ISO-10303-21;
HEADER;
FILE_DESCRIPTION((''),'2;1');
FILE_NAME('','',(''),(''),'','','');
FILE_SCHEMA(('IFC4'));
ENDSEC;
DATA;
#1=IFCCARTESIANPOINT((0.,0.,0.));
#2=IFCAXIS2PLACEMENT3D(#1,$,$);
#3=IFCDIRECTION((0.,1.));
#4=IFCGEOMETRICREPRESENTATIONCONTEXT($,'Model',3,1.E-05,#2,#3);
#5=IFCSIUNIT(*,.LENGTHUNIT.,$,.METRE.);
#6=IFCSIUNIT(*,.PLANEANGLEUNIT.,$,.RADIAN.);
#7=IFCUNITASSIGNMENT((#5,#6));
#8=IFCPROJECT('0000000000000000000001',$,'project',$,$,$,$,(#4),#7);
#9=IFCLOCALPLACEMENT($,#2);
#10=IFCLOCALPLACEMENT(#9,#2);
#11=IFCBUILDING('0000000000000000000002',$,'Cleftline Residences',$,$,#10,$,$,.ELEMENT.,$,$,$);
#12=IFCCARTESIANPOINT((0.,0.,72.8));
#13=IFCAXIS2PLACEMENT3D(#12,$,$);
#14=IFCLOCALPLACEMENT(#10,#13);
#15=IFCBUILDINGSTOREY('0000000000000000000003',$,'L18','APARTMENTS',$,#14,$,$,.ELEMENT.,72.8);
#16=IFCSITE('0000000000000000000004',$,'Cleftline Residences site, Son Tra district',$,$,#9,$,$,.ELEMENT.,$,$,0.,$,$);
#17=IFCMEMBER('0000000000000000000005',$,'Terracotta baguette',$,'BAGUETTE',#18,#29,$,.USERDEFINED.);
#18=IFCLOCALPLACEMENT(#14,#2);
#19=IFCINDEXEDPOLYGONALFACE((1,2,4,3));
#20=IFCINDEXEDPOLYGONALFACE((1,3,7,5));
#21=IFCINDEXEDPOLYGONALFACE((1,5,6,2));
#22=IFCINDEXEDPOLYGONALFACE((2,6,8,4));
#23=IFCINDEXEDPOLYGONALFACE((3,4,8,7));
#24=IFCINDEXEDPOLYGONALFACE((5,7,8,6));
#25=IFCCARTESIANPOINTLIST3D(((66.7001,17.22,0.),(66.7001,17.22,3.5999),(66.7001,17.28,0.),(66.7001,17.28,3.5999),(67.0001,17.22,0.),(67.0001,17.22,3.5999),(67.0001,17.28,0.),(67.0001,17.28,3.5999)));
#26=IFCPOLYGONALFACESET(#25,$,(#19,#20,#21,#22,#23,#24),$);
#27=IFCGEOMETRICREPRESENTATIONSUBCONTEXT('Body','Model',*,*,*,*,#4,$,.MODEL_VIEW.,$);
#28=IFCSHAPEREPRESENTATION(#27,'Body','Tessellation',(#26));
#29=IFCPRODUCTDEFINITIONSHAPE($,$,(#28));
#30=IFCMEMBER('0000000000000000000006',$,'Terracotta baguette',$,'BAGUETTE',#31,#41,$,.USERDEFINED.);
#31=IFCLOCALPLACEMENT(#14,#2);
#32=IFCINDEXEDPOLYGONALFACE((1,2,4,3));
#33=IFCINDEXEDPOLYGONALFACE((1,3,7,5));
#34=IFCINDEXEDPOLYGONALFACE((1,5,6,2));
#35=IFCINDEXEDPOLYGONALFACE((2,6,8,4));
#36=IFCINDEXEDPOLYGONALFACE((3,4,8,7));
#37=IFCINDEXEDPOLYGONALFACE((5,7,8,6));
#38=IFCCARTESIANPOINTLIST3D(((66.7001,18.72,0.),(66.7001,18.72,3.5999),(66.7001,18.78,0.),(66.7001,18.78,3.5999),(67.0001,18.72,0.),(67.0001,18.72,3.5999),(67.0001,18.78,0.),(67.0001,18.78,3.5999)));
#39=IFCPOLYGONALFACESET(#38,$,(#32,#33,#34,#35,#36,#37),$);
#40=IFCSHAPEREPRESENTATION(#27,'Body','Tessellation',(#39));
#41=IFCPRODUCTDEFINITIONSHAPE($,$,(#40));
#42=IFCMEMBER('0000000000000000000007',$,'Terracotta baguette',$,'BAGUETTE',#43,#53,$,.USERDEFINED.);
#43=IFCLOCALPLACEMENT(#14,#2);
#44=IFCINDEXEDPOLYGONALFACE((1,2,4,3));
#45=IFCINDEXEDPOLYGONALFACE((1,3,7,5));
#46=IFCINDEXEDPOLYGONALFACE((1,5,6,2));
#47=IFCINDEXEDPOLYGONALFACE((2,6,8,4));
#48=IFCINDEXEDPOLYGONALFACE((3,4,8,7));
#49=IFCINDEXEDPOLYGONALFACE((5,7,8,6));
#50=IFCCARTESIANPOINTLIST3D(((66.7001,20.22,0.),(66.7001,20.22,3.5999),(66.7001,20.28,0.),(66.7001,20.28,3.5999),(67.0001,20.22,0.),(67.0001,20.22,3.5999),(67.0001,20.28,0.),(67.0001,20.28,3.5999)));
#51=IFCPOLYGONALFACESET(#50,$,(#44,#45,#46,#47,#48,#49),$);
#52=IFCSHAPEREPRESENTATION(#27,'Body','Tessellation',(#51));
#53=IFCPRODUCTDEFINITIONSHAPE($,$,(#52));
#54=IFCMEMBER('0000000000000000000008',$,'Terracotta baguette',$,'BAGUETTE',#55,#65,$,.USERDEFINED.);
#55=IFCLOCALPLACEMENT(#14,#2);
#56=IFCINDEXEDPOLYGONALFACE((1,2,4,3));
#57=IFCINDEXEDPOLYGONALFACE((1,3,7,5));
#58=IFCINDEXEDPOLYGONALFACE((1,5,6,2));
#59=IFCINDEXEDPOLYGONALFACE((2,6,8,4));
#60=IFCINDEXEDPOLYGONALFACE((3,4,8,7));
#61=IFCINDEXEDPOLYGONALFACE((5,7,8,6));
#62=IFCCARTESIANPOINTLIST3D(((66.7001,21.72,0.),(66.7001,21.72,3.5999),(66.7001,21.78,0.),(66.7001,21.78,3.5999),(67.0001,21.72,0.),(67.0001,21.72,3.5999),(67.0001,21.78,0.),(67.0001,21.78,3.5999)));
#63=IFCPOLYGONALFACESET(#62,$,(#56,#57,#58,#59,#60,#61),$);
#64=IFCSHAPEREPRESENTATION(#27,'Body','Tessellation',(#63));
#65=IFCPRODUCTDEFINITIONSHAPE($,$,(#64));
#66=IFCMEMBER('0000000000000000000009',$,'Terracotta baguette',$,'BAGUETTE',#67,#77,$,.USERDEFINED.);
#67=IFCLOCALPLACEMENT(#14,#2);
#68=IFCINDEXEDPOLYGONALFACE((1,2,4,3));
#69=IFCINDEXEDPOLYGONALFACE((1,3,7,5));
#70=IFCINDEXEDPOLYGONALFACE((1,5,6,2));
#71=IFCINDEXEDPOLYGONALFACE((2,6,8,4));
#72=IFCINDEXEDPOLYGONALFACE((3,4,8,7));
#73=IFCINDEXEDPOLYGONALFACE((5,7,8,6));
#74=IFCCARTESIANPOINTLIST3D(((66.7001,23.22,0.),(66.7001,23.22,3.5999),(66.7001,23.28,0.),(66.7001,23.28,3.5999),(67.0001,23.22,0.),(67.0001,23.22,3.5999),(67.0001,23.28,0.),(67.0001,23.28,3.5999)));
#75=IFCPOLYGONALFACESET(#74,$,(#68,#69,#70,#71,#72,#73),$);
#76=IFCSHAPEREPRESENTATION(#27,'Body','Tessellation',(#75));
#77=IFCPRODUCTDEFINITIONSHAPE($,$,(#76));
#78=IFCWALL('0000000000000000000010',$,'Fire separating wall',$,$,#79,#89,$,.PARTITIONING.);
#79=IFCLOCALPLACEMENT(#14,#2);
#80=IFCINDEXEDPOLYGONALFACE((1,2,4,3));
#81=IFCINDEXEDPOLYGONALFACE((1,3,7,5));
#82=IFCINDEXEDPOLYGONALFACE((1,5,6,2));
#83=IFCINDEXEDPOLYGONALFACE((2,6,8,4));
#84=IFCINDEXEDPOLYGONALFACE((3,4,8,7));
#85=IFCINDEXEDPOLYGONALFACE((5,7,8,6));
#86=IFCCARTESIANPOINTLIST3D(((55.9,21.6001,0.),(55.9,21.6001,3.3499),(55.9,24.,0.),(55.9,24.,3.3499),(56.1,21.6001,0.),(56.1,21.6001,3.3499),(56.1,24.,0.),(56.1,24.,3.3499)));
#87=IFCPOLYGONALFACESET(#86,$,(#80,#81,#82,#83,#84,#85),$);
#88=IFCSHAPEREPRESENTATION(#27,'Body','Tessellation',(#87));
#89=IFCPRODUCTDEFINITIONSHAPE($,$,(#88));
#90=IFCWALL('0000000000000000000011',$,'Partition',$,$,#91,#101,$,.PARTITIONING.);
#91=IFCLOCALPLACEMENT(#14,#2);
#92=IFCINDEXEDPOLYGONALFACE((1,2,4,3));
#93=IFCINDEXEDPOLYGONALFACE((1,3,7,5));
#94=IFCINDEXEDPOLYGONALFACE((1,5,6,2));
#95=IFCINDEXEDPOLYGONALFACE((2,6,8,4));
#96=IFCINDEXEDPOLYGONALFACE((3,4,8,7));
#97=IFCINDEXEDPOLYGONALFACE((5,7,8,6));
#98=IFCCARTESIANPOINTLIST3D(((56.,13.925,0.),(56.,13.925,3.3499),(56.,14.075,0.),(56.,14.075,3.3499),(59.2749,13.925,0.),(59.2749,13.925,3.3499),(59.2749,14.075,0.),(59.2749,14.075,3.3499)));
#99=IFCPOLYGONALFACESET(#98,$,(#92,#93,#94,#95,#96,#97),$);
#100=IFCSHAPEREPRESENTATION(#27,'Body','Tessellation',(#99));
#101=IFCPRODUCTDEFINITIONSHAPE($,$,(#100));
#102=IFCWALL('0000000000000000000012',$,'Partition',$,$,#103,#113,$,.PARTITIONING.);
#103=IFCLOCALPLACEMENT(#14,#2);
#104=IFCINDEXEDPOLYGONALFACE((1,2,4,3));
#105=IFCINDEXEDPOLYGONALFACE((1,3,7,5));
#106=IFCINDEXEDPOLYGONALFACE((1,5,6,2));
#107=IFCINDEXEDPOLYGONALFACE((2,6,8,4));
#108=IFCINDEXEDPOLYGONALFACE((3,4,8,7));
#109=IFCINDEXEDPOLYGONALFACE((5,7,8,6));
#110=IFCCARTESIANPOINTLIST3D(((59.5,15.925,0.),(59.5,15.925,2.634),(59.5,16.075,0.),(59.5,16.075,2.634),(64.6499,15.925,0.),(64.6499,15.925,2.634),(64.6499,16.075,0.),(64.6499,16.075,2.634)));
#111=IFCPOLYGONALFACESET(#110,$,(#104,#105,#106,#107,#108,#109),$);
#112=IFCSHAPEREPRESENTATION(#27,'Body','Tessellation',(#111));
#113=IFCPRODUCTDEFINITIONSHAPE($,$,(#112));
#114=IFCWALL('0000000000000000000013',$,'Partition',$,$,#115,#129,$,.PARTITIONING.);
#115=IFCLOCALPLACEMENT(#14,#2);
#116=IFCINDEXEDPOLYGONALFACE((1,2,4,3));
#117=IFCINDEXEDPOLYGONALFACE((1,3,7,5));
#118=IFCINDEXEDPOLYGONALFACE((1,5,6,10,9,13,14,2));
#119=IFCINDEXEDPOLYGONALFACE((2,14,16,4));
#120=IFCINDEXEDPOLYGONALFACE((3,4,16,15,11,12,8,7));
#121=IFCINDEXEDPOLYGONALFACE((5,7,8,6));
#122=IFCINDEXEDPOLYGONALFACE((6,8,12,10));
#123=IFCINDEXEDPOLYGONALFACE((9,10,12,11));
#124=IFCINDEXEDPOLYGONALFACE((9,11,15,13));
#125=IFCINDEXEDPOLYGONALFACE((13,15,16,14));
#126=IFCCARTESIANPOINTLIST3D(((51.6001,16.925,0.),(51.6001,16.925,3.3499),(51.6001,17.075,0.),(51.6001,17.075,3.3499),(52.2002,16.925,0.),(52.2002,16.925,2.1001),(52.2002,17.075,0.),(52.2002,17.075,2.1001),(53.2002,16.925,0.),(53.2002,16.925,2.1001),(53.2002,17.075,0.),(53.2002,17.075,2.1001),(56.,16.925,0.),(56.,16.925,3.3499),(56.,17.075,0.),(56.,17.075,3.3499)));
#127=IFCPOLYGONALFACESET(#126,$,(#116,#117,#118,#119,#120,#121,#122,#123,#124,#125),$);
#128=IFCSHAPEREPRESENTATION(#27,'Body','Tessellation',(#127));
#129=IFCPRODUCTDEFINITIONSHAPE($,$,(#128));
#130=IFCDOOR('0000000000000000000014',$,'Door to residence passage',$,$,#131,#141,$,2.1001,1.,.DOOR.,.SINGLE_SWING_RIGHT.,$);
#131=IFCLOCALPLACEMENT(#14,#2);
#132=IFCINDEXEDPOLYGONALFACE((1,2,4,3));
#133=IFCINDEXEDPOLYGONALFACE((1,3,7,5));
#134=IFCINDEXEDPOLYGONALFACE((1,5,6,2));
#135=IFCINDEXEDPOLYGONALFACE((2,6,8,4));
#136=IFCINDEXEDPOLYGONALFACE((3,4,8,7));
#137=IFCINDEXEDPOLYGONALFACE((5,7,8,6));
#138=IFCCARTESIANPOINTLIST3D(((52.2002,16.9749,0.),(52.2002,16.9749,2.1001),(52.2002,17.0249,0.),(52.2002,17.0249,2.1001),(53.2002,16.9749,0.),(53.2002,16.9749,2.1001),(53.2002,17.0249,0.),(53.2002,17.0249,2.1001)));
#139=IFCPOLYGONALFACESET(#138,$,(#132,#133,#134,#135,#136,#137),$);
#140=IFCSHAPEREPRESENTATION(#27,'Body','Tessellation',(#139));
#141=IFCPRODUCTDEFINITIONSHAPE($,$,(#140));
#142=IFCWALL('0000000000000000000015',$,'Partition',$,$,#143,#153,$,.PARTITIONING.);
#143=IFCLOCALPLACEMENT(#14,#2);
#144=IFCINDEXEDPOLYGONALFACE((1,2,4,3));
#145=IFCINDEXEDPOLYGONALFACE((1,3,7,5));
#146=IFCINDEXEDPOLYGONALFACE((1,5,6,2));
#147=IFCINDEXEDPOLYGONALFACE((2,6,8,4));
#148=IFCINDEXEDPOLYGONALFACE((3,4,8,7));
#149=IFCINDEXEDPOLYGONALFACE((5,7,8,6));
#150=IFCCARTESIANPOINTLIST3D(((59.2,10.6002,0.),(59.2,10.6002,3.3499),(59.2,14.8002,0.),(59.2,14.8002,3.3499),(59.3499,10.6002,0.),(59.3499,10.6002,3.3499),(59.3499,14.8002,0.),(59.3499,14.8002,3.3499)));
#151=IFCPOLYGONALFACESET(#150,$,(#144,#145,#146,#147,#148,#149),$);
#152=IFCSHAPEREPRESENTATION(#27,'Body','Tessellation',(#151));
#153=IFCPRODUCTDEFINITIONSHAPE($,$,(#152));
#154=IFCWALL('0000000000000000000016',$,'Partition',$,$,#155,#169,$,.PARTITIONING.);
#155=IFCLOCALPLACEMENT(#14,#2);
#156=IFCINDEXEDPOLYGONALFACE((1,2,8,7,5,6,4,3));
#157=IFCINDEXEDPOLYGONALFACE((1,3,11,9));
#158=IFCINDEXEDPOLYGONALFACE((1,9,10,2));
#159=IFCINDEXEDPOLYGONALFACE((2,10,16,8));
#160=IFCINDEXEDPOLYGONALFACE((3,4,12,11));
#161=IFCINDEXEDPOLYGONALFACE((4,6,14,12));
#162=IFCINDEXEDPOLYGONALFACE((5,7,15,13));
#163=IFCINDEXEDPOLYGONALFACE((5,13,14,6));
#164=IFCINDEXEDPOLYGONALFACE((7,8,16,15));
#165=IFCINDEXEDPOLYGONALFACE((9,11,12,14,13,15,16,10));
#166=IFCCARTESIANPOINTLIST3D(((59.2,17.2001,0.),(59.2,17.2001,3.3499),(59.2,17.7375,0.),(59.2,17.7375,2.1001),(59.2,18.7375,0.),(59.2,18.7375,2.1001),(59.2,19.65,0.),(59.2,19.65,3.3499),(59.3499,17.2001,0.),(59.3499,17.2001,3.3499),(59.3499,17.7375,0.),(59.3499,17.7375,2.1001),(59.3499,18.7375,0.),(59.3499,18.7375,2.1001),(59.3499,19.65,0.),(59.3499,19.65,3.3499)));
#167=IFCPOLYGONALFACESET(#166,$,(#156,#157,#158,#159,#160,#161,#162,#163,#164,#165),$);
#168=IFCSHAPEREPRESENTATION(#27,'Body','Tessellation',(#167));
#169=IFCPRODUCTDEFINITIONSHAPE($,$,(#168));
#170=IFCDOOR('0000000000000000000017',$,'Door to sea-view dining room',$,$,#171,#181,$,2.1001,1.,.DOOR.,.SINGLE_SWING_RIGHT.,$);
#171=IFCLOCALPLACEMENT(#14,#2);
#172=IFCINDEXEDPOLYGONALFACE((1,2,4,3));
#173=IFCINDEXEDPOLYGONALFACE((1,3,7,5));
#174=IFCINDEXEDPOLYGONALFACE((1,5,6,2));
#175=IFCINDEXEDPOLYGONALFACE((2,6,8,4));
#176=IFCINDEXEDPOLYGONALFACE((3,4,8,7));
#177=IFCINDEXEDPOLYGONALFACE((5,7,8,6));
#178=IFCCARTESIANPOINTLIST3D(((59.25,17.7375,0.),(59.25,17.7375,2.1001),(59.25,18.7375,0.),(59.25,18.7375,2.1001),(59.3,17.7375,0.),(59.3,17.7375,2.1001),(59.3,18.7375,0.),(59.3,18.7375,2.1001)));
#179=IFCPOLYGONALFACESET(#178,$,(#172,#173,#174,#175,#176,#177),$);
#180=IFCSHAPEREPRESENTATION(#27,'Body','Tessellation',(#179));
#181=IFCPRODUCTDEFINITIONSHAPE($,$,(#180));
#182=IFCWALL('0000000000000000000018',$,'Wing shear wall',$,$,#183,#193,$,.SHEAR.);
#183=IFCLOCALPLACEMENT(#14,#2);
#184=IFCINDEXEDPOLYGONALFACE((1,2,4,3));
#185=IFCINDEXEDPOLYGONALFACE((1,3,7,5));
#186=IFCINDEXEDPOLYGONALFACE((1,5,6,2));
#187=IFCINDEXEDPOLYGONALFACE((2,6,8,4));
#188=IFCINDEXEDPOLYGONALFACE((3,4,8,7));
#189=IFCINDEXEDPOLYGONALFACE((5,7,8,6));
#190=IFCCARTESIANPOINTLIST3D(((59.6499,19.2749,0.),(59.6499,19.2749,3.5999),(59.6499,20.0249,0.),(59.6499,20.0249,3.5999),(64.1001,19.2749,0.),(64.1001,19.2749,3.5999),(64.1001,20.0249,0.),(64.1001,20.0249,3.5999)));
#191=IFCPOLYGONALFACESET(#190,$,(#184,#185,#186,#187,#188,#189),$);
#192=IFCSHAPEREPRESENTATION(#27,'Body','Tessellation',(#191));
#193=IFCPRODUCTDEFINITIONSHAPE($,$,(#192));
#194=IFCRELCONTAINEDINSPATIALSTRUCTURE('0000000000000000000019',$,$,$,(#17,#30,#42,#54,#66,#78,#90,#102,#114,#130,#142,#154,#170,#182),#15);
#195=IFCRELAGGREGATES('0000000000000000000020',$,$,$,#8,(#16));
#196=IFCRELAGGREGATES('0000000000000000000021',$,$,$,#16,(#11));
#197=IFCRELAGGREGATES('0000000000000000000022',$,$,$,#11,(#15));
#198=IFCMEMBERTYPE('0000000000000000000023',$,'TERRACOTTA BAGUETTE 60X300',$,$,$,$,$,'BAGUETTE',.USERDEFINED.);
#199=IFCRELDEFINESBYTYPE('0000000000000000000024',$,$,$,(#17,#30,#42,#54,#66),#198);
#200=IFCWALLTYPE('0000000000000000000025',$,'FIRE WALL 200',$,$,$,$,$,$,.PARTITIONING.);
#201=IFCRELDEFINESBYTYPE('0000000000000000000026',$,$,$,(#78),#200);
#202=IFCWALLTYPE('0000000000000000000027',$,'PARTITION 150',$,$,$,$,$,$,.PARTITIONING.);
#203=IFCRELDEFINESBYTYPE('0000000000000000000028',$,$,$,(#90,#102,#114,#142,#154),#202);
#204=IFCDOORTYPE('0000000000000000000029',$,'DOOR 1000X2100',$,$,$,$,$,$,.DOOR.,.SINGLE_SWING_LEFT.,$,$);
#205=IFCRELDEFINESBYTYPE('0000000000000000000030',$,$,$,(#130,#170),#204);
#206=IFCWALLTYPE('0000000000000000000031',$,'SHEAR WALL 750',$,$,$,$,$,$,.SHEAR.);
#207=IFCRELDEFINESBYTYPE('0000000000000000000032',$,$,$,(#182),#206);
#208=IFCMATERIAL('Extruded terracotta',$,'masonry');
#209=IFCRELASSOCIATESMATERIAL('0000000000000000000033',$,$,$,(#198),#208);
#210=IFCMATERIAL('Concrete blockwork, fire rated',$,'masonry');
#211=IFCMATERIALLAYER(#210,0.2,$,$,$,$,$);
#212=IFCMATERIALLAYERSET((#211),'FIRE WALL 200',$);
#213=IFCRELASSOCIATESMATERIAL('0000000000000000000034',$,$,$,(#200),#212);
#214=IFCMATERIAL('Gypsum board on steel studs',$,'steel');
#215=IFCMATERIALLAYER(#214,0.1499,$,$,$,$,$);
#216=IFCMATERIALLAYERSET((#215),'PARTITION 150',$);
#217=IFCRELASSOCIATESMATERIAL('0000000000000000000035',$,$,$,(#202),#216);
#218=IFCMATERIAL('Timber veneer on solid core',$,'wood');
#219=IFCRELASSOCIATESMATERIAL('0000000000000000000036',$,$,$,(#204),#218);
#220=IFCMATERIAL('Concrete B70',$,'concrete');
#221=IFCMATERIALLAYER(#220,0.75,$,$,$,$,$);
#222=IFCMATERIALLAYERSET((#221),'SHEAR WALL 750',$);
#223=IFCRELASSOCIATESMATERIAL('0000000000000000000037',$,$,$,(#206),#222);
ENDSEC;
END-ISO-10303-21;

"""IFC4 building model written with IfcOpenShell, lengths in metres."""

from ifc_helpers import new_model, si_unit, direction, frame, frame_2d, origin, origin_2d, place, context, subcontext, project, spatial, rectangle, extrude, material, layer, layer_set, material_profile, profile_set, type_object, element, fill, save


model = new_model("IFC4")

# Units and contexts
model_context = context("Model", 3, precision=1e-05, world=origin(), true_north=direction((0.0, 1.0)))
body_context = subcontext(model_context, "Body", "Model", "MODEL_VIEW")
ifc_project = project(units=[si_unit("LENGTHUNIT", "METRE"), si_unit("PLANEANGLEUNIT", "RADIAN")], contexts=[model_context])

# Site, building, storey
site_placement = place(None, origin())
site = spatial("IfcSite", under=ifc_project, at=site_placement, Name="Cleftline Residences site, Son Tra district", CompositionType="ELEMENT", RefElevation=0.0)
building_placement = place(site_placement, origin())
building = spatial("IfcBuilding", under=site, at=building_placement, Name="Cleftline Residences", CompositionType="ELEMENT")
storey_placement = place(building_placement, frame((0.0, 0.0, 72.8)))
storey = spatial("IfcBuildingStorey", under=building, at=storey_placement, Name="L18", Description="APARTMENTS", CompositionType="ELEMENT", Elevation=72.8)

# Members
ifc_material_1 = material(Name="Extruded terracotta", Category="masonry")
ifc_material_profile_1 = material_profile(ifc_material_1, rectangle(XDim=0.0601, YDim=0.3, at=origin_2d()))
ifc_profile_set_1 = profile_set([ifc_material_profile_1], Name="Extruded terracotta")
member_type_1 = type_object("IfcMemberType", Name="TERRACOTTA BAGUETTE 60X300", ElementType="BAGUETTE", PredefinedType="USERDEFINED", material=ifc_profile_set_1)
for number, where, z_axis, x_axis, name in (
    (1, (66.8501, 17.25, 0.0), (0.0, 0.0, 1.0), (0.0, 1.0, 0.0), "Terracotta baguette"),
    (2, (66.8501, 18.75, 0.0), (0.0, 0.0, 1.0), (0.0, 1.0, 0.0), "Terracotta baguette"),
    (3, (66.8501, 20.25, 0.0), (0.0, 0.0, 1.0), (0.0, 1.0, 0.0), "Terracotta baguette"),
    (4, (66.8501, 21.75, 0.0), (0.0, 0.0, 1.0), (0.0, 1.0, 0.0), "Terracotta baguette"),
    (5, (66.8501, 23.25, 0.0), (0.0, 0.0, 1.0), (0.0, 1.0, 0.0), "Terracotta baguette"),
):
    element("IfcMember", number, at=place(storey_placement, frame(where, z_axis=z_axis, x_axis=x_axis)), inside=storey, type_object=member_type_1, Name=name, ObjectType="BAGUETTE", PredefinedType="USERDEFINED", context=body_context, shape_type="SweptSolid", body=[
        extrude(rectangle(XDim=0.0601, YDim=0.3, at=origin_2d()), origin(), (0.0, 0.0, 1.0), 3.5999),
    ])

# Walls
ifc_material_2 = material(Name="Concrete blockwork, fire rated", Category="masonry")
ifc_layer_1 = layer(ifc_material_2, 0.2)
ifc_layer_set_1 = layer_set([ifc_layer_1], Name="FIRE WALL 200")
wall_type_1 = type_object("IfcWallType", Name="FIRE WALL 200", PredefinedType="PARTITIONING", material=ifc_layer_set_1)
wall_1_placement = place(storey_placement, frame((56.0, 21.6001, 0.0), z_axis=(0.0, 0.0, 1.0), x_axis=(0.0, 1.0, 0.0)))
element("IfcWall", 6, at=wall_1_placement, inside=storey, type_object=wall_type_1, Name="Fire separating wall", PredefinedType="PARTITIONING", context=body_context, shape_type="SweptSolid", body=[
    extrude(rectangle(XDim=2.3999, YDim=0.2, at=frame_2d((1.2, 0.0))), origin(), (0.0, 0.0, 1.0), 3.3499),
])
ifc_material_3 = material(Name="Gypsum board on steel studs", Category="steel")
ifc_layer_2 = layer(ifc_material_3, 0.1499)
ifc_layer_set_2 = layer_set([ifc_layer_2], Name="PARTITION 150")
wall_type_2 = type_object("IfcWallType", Name="PARTITION 150", PredefinedType="PARTITIONING", material=ifc_layer_set_2)
wall_2_placement = place(storey_placement, frame((56.0, 14.0, 0.0), z_axis=(0.0, 0.0, 1.0), x_axis=(1.0, 0.0, 0.0)))
element("IfcWall", 7, at=wall_2_placement, inside=storey, type_object=wall_type_2, Name="Partition", PredefinedType="PARTITIONING", context=body_context, shape_type="SweptSolid", body=[
    extrude(rectangle(XDim=3.2749, YDim=0.1499, at=frame_2d((1.6375, 0.0))), origin(), (0.0, 0.0, 1.0), 3.3499),
])
wall_3_placement = place(storey_placement, frame((59.5, 16.0, 0.0), z_axis=(0.0, 0.0, 1.0), x_axis=(1.0, 0.0, 0.0)))
element("IfcWall", 8, at=wall_3_placement, inside=storey, type_object=wall_type_2, Name="Partition", PredefinedType="PARTITIONING", context=body_context, shape_type="SweptSolid", body=[
    extrude(rectangle(XDim=5.1499, YDim=0.1499, at=frame_2d((2.575, 0.0))), origin(), (0.0, 0.0, 1.0), 2.634),
])

# Wall, opening, door
wall_4_placement = place(storey_placement, frame((51.6001, 17.0, 0.0), z_axis=(0.0, 0.0, 1.0), x_axis=(1.0, 0.0, 0.0)))
wall_4 = element("IfcWall", 9, at=wall_4_placement, inside=storey, type_object=wall_type_2, Name="Partition", PredefinedType="PARTITIONING", context=body_context, shape_type="SweptSolid", body=[
    extrude(rectangle(XDim=4.3999, YDim=0.1499, at=frame_2d((2.2, 0.0))), origin(), (0.0, 0.0, 1.0), 3.3499),
])
opening_1_placement = place(wall_4_placement, frame((0.6001, 0.0, 0.0)))
opening_1 = element("IfcOpeningElement", 10, at=opening_1_placement, cuts=wall_4, PredefinedType="OPENING", context=body_context, shape_type="SweptSolid", body=[
    extrude(rectangle(XDim=1.0, YDim=2.1001, at=frame_2d((0.5, 1.05))), frame((0.0, 0.085, 0.0), z_axis=(0.0, -1.0, 0.0), x_axis=(1.0, 0.0, 0.0)), (0.0, 0.0, 1.0), 0.1699),
])
ifc_material_4 = material(Name="Timber veneer on solid core", Category="wood")
door_type = type_object("IfcDoorType", Name="DOOR 1000X2100", OperationType="SINGLE_SWING_LEFT", PredefinedType="DOOR", material=ifc_material_4)
door_1_placement = place(opening_1_placement, origin())
door_1 = element("IfcDoor", 11, at=door_1_placement, inside=storey, type_object=door_type, Name="Door to residence passage", OperationType="SINGLE_SWING_RIGHT", OverallHeight=2.1001, OverallWidth=1.0, PredefinedType="DOOR", context=body_context, shape_type="SweptSolid", body=[
    extrude(rectangle(XDim=1.0, YDim=2.1001, at=frame_2d((0.5, 1.05))), frame((0.0, 0.0249, 0.0), z_axis=(0.0, -1.0, 0.0), x_axis=(1.0, 0.0, 0.0)), (0.0, 0.0, 1.0), 0.05),
])
fill(opening_1, door_1)

# Wall
wall_5_placement = place(storey_placement, frame((59.2749, 10.6001, 0.0), z_axis=(0.0, 0.0, 1.0), x_axis=(0.0, 1.0, 0.0)))
element("IfcWall", 12, at=wall_5_placement, inside=storey, type_object=wall_type_2, Name="Partition", PredefinedType="PARTITIONING", context=body_context, shape_type="SweptSolid", body=[
    extrude(rectangle(XDim=4.2, YDim=0.1499, at=frame_2d((2.1001, 0.0))), origin(), (0.0, 0.0, 1.0), 3.3499),
])

# Wall, opening, door
wall_6_placement = place(storey_placement, frame((59.2749, 17.2, 0.0), z_axis=(0.0, 0.0, 1.0), x_axis=(0.0, 1.0, 0.0)))
wall_6 = element("IfcWall", 13, at=wall_6_placement, inside=storey, type_object=wall_type_2, Name="Partition", PredefinedType="PARTITIONING", context=body_context, shape_type="SweptSolid", body=[
    extrude(rectangle(XDim=2.45, YDim=0.1499, at=frame_2d((1.2251, 0.0))), origin(), (0.0, 0.0, 1.0), 3.3499),
])
opening_2_placement = place(wall_6_placement, frame((0.5376, 0.0, 0.0)))
opening_2 = element("IfcOpeningElement", 14, at=opening_2_placement, cuts=wall_6, PredefinedType="OPENING", context=body_context, shape_type="SweptSolid", body=[
    extrude(rectangle(XDim=1.0, YDim=2.1001, at=frame_2d((0.5, 1.05))), frame((0.0, 0.085, 0.0), z_axis=(0.0, -1.0, 0.0), x_axis=(1.0, 0.0, 0.0)), (0.0, 0.0, 1.0), 0.1699),
])
door_2_placement = place(opening_2_placement, origin())
door_2 = element("IfcDoor", 15, at=door_2_placement, inside=storey, type_object=door_type, Name="Door to sea-view dining room", OperationType="SINGLE_SWING_RIGHT", OverallHeight=2.1001, OverallWidth=1.0, PredefinedType="DOOR", context=body_context, shape_type="SweptSolid", body=[
    extrude(rectangle(XDim=1.0, YDim=2.1001, at=frame_2d((0.5, 1.05))), frame((0.0, 0.0249, 0.0), z_axis=(0.0, -1.0, 0.0), x_axis=(1.0, 0.0, 0.0)), (0.0, 0.0, 1.0), 0.05),
])
fill(opening_2, door_2)

# Wall
ifc_material_5 = material(Name="Concrete B70", Category="concrete")
ifc_layer_3 = layer(ifc_material_5, 0.75)
ifc_layer_set_3 = layer_set([ifc_layer_3], Name="SHEAR WALL 750")
wall_type_3 = type_object("IfcWallType", Name="SHEAR WALL 750", PredefinedType="SHEAR", material=ifc_layer_set_3)
wall_7_placement = place(storey_placement, frame((59.6499, 19.6499, 0.0), z_axis=(0.0, 0.0, 1.0), x_axis=(1.0, 0.0, 0.0)))
element("IfcWall", 16, at=wall_7_placement, inside=storey, type_object=wall_type_3, Name="Wing shear wall", PredefinedType="SHEAR", context=body_context, shape_type="SweptSolid", body=[
    extrude(rectangle(XDim=4.4502, YDim=0.75, at=frame_2d((2.2251, 0.0))), origin(), (0.0, 0.0, 1.0), 3.5999),
])

save(model, "model.ifc")
